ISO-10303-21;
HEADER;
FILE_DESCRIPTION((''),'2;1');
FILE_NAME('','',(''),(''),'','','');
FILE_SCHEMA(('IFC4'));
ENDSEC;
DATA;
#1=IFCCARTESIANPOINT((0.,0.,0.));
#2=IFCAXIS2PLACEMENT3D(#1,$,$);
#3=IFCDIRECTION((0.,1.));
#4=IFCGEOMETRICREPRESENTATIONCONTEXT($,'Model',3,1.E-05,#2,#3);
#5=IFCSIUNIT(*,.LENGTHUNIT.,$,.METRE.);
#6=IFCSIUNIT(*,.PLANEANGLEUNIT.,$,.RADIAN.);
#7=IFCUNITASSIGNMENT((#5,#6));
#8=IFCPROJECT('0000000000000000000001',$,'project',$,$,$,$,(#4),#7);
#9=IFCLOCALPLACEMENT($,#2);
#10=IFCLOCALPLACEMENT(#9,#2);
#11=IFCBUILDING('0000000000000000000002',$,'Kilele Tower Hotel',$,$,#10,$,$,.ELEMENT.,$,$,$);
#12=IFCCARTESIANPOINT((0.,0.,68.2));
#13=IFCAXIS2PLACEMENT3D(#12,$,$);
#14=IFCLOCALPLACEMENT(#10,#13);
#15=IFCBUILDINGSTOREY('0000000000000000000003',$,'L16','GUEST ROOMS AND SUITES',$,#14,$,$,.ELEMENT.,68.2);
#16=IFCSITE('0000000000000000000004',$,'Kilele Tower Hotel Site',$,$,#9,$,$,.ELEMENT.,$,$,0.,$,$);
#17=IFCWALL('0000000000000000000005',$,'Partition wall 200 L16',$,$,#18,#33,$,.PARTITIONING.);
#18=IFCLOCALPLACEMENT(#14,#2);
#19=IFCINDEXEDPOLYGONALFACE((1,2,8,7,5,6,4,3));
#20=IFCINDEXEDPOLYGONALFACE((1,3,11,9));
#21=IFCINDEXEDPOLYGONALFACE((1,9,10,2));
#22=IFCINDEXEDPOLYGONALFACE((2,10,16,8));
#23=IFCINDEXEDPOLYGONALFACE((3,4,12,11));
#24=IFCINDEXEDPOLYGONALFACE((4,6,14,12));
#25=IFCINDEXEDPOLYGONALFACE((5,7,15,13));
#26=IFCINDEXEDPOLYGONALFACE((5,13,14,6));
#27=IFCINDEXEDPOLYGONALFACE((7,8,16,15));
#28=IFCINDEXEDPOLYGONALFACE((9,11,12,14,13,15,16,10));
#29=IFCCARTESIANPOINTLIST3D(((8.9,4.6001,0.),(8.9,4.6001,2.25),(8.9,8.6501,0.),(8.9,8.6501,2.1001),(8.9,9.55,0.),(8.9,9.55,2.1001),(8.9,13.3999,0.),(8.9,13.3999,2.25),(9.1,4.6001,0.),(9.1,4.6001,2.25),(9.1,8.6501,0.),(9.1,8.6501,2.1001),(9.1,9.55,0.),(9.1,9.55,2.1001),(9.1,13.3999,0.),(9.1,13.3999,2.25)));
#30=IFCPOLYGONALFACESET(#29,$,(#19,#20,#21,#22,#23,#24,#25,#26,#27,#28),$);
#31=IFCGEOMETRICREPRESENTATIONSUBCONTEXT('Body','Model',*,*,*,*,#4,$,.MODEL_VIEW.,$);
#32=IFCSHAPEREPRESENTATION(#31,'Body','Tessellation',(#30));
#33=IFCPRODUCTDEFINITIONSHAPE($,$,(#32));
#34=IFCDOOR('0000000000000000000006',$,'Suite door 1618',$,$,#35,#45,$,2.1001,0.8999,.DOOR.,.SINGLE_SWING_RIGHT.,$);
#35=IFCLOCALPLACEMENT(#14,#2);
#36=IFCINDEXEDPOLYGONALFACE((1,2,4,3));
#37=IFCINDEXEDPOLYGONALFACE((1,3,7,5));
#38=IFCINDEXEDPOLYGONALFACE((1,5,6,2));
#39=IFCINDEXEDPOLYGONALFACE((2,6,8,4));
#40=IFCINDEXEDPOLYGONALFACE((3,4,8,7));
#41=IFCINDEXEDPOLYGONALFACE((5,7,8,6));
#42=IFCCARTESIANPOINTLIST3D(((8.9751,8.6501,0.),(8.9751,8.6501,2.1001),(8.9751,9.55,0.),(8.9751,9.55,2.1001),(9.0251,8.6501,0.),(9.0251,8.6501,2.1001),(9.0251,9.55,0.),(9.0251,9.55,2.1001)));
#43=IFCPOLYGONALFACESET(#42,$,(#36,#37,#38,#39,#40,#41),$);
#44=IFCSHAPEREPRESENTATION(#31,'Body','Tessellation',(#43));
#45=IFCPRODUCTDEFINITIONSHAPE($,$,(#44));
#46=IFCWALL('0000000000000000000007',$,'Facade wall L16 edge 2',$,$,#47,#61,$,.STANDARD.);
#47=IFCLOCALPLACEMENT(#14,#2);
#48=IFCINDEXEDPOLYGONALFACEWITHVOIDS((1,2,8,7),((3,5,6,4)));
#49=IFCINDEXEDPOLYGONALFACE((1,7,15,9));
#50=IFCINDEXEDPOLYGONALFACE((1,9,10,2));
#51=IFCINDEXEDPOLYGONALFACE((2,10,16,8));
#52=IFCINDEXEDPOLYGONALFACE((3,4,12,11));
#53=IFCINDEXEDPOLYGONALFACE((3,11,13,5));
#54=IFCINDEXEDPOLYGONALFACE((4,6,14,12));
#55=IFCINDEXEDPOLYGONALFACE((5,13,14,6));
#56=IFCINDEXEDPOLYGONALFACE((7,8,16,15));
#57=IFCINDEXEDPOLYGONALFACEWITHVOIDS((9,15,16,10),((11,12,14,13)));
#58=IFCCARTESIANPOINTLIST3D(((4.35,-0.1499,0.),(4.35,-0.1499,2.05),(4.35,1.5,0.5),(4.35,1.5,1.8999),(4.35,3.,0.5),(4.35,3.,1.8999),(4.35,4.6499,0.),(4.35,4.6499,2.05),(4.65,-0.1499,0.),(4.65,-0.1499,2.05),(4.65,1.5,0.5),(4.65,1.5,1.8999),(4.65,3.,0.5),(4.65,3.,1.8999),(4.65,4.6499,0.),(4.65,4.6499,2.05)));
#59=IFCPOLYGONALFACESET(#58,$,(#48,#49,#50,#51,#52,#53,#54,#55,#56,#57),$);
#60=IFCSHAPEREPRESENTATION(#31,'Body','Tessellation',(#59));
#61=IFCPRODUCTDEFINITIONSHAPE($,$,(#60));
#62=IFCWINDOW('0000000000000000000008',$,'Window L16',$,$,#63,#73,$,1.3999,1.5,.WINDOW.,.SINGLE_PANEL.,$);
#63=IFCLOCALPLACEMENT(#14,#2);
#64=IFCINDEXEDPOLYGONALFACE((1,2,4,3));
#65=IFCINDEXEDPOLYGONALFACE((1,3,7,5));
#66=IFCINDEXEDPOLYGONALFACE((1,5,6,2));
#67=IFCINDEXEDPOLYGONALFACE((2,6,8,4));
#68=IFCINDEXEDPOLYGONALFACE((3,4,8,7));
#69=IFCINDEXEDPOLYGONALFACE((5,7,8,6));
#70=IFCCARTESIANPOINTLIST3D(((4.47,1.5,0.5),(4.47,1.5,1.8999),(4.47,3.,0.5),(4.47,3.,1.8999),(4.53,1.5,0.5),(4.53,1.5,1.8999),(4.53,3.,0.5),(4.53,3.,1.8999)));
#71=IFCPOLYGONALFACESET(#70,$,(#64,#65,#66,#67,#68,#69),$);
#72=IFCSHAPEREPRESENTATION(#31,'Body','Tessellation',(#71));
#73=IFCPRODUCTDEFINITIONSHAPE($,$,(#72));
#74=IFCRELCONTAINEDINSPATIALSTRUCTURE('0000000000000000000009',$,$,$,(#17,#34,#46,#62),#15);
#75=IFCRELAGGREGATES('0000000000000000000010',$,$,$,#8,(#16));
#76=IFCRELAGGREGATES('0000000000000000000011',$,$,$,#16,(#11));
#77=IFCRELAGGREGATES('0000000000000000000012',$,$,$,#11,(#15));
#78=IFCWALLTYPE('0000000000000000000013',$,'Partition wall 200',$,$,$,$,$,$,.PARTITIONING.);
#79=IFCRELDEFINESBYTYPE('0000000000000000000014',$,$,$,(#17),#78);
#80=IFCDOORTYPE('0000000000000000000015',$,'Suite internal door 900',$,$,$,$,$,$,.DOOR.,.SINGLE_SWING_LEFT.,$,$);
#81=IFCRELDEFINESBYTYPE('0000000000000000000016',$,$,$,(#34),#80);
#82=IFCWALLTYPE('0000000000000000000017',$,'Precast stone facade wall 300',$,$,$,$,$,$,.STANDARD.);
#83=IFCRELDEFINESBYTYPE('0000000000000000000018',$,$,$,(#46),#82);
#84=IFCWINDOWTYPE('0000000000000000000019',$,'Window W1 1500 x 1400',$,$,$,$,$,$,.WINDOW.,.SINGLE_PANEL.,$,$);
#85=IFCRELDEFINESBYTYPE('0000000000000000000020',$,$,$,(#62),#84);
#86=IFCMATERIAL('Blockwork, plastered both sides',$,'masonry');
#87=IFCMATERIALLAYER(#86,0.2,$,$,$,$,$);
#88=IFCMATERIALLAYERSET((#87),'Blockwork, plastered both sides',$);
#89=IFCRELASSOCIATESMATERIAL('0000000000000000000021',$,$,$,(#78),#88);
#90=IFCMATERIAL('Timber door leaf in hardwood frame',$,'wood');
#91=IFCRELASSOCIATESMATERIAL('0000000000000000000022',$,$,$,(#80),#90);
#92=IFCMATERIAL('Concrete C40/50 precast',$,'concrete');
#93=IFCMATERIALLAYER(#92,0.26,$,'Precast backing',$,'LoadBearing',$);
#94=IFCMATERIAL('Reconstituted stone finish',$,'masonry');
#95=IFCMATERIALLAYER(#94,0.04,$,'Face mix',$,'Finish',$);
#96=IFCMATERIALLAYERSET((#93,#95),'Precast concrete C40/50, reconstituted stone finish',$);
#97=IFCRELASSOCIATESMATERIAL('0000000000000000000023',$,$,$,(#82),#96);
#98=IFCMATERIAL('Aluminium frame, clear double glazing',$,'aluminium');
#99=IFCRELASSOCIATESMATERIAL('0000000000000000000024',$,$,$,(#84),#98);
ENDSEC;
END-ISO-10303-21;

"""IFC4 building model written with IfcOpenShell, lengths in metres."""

from ifc_helpers import new_model, si_unit, direction, frame, frame_2d, origin, place, context, subcontext, project, spatial, rectangle, extrude, material, layer, layer_set, type_object, element, fill, save


model = new_model("IFC4")

# Units and contexts
model_context = context("Model", 3, precision=1e-05, world=origin(), true_north=direction((0.0, 1.0)))
body_context = subcontext(model_context, "Body", "Model", "MODEL_VIEW")
ifc_project = project(units=[si_unit("LENGTHUNIT", "METRE"), si_unit("PLANEANGLEUNIT", "RADIAN")], contexts=[model_context])

# Site, building, storey
site_placement = place(None, origin())
site = spatial("IfcSite", under=ifc_project, at=site_placement, Name="Kilele Tower Hotel Site", CompositionType="ELEMENT", RefElevation=0.0)
building_placement = place(site_placement, origin())
building = spatial("IfcBuilding", under=site, at=building_placement, Name="Kilele Tower Hotel", CompositionType="ELEMENT")
storey_placement = place(building_placement, frame((0.0, 0.0, 68.2)))
storey = spatial("IfcBuildingStorey", under=building, at=storey_placement, Name="L16", Description="GUEST ROOMS AND SUITES", CompositionType="ELEMENT", Elevation=68.2)

# Wall, opening, door
ifc_material_1 = material(Name="Blockwork, plastered both sides", Category="masonry")
ifc_layer_1 = layer(ifc_material_1, 0.2)
ifc_layer_set_1 = layer_set([ifc_layer_1], Name="Blockwork, plastered both sides")
wall_type_1 = type_object("IfcWallType", Name="Partition wall 200", PredefinedType="PARTITIONING", material=ifc_layer_set_1)
wall_1_placement = place(storey_placement, frame((9.0, 4.6001, 0.0), z_axis=(0.0, 0.0, 1.0), x_axis=(0.0, 1.0, 0.0)))
wall_1 = element("IfcWall", 1, at=wall_1_placement, inside=storey, type_object=wall_type_1, Name="Partition wall 200 L16", PredefinedType="PARTITIONING", context=body_context, shape_type="SweptSolid", body=[
    extrude(rectangle(XDim=8.7998, YDim=0.2, at=frame_2d((4.3999, 0.0))), origin(), (0.0, 0.0, 1.0), 2.25),
])
opening_1_placement = place(wall_1_placement, frame((4.05, 0.0, 0.0)))
opening_1 = element("IfcOpeningElement", 2, at=opening_1_placement, cuts=wall_1, PredefinedType="OPENING", context=body_context, shape_type="SweptSolid", body=[
    extrude(rectangle(XDim=0.8999, YDim=2.1001, at=frame_2d((0.45, 1.05))), frame((0.0, 0.1099, 0.0), z_axis=(0.0, -1.0, 0.0), x_axis=(1.0, 0.0, 0.0)), (0.0, 0.0, 1.0), 0.22),
])
ifc_material_2 = material(Name="Timber door leaf in hardwood frame", Category="wood")
door_type = type_object("IfcDoorType", Name="Suite internal door 900", OperationType="SINGLE_SWING_LEFT", PredefinedType="DOOR", material=ifc_material_2)
door_placement = place(opening_1_placement, origin())
door = element("IfcDoor", 3, at=door_placement, inside=storey, type_object=door_type, Name="Suite door 1618", OperationType="SINGLE_SWING_RIGHT", OverallHeight=2.1001, OverallWidth=0.8999, PredefinedType="DOOR", context=body_context, shape_type="SweptSolid", body=[
    extrude(rectangle(XDim=0.8999, YDim=2.1001, at=frame_2d((0.45, 1.05))), frame((0.0, 0.0249, 0.0), z_axis=(0.0, -1.0, 0.0), x_axis=(1.0, 0.0, 0.0)), (0.0, 0.0, 1.0), 0.05),
])
fill(opening_1, door)

# Wall, opening, window
ifc_material_3 = material(Name="Concrete C40/50 precast", Category="concrete")
ifc_layer_2 = layer(ifc_material_3, 0.26, Name="Precast backing", Category="LoadBearing")
ifc_material_4 = material(Name="Reconstituted stone finish", Category="masonry")
ifc_layer_3 = layer(ifc_material_4, 0.04, Name="Face mix", Category="Finish")
ifc_layer_set_2 = layer_set([ifc_layer_2, ifc_layer_3], Name="Precast concrete C40/50, reconstituted stone finish")
wall_type_2 = type_object("IfcWallType", Name="Precast stone facade wall 300", PredefinedType="STANDARD", material=ifc_layer_set_2)
wall_2_placement = place(storey_placement, frame((4.5, 4.6499, 0.0), z_axis=(0.0, 0.0, 1.0), x_axis=(0.0, -1.0, 0.0)))
wall_2 = element("IfcWall", 4, at=wall_2_placement, inside=storey, type_object=wall_type_2, Name="Facade wall L16 edge 2", PredefinedType="STANDARD", context=body_context, shape_type="SweptSolid", body=[
    extrude(rectangle(XDim=4.7998, YDim=0.3, at=frame_2d((2.3999, 0.0))), origin(), (0.0, 0.0, 1.0), 2.05),
])
opening_2_placement = place(wall_2_placement, frame((1.6499, 0.0, 0.5)))
opening_2 = element("IfcOpeningElement", 5, at=opening_2_placement, cuts=wall_2, PredefinedType="OPENING", context=body_context, shape_type="SweptSolid", body=[
    extrude(rectangle(XDim=1.5, YDim=1.3999, at=frame_2d((0.75, 0.7))), frame((0.0, 0.1599, 0.0), z_axis=(0.0, -1.0, 0.0), x_axis=(1.0, 0.0, 0.0)), (0.0, 0.0, 1.0), 0.3201),
])
ifc_material_5 = material(Name="Aluminium frame, clear double glazing", Category="aluminium")
window_type = type_object("IfcWindowType", Name="Window W1 1500 x 1400", PartitioningType="SINGLE_PANEL", PredefinedType="WINDOW", material=ifc_material_5)
window_placement = place(opening_2_placement, origin())
window = element("IfcWindow", 6, at=window_placement, inside=storey, type_object=window_type, Name="Window L16", OverallHeight=1.3999, OverallWidth=1.5, PartitioningType="SINGLE_PANEL", PredefinedType="WINDOW", context=body_context, shape_type="SweptSolid", body=[
    extrude(rectangle(XDim=1.5, YDim=1.3999, at=frame_2d((0.75, 0.7))), frame((0.0, 0.03, 0.0), z_axis=(0.0, -1.0, 0.0), x_axis=(1.0, 0.0, 0.0)), (0.0, 0.0, 1.0), 0.0601),
])
fill(opening_2, window)

save(model, "model.ifc")
